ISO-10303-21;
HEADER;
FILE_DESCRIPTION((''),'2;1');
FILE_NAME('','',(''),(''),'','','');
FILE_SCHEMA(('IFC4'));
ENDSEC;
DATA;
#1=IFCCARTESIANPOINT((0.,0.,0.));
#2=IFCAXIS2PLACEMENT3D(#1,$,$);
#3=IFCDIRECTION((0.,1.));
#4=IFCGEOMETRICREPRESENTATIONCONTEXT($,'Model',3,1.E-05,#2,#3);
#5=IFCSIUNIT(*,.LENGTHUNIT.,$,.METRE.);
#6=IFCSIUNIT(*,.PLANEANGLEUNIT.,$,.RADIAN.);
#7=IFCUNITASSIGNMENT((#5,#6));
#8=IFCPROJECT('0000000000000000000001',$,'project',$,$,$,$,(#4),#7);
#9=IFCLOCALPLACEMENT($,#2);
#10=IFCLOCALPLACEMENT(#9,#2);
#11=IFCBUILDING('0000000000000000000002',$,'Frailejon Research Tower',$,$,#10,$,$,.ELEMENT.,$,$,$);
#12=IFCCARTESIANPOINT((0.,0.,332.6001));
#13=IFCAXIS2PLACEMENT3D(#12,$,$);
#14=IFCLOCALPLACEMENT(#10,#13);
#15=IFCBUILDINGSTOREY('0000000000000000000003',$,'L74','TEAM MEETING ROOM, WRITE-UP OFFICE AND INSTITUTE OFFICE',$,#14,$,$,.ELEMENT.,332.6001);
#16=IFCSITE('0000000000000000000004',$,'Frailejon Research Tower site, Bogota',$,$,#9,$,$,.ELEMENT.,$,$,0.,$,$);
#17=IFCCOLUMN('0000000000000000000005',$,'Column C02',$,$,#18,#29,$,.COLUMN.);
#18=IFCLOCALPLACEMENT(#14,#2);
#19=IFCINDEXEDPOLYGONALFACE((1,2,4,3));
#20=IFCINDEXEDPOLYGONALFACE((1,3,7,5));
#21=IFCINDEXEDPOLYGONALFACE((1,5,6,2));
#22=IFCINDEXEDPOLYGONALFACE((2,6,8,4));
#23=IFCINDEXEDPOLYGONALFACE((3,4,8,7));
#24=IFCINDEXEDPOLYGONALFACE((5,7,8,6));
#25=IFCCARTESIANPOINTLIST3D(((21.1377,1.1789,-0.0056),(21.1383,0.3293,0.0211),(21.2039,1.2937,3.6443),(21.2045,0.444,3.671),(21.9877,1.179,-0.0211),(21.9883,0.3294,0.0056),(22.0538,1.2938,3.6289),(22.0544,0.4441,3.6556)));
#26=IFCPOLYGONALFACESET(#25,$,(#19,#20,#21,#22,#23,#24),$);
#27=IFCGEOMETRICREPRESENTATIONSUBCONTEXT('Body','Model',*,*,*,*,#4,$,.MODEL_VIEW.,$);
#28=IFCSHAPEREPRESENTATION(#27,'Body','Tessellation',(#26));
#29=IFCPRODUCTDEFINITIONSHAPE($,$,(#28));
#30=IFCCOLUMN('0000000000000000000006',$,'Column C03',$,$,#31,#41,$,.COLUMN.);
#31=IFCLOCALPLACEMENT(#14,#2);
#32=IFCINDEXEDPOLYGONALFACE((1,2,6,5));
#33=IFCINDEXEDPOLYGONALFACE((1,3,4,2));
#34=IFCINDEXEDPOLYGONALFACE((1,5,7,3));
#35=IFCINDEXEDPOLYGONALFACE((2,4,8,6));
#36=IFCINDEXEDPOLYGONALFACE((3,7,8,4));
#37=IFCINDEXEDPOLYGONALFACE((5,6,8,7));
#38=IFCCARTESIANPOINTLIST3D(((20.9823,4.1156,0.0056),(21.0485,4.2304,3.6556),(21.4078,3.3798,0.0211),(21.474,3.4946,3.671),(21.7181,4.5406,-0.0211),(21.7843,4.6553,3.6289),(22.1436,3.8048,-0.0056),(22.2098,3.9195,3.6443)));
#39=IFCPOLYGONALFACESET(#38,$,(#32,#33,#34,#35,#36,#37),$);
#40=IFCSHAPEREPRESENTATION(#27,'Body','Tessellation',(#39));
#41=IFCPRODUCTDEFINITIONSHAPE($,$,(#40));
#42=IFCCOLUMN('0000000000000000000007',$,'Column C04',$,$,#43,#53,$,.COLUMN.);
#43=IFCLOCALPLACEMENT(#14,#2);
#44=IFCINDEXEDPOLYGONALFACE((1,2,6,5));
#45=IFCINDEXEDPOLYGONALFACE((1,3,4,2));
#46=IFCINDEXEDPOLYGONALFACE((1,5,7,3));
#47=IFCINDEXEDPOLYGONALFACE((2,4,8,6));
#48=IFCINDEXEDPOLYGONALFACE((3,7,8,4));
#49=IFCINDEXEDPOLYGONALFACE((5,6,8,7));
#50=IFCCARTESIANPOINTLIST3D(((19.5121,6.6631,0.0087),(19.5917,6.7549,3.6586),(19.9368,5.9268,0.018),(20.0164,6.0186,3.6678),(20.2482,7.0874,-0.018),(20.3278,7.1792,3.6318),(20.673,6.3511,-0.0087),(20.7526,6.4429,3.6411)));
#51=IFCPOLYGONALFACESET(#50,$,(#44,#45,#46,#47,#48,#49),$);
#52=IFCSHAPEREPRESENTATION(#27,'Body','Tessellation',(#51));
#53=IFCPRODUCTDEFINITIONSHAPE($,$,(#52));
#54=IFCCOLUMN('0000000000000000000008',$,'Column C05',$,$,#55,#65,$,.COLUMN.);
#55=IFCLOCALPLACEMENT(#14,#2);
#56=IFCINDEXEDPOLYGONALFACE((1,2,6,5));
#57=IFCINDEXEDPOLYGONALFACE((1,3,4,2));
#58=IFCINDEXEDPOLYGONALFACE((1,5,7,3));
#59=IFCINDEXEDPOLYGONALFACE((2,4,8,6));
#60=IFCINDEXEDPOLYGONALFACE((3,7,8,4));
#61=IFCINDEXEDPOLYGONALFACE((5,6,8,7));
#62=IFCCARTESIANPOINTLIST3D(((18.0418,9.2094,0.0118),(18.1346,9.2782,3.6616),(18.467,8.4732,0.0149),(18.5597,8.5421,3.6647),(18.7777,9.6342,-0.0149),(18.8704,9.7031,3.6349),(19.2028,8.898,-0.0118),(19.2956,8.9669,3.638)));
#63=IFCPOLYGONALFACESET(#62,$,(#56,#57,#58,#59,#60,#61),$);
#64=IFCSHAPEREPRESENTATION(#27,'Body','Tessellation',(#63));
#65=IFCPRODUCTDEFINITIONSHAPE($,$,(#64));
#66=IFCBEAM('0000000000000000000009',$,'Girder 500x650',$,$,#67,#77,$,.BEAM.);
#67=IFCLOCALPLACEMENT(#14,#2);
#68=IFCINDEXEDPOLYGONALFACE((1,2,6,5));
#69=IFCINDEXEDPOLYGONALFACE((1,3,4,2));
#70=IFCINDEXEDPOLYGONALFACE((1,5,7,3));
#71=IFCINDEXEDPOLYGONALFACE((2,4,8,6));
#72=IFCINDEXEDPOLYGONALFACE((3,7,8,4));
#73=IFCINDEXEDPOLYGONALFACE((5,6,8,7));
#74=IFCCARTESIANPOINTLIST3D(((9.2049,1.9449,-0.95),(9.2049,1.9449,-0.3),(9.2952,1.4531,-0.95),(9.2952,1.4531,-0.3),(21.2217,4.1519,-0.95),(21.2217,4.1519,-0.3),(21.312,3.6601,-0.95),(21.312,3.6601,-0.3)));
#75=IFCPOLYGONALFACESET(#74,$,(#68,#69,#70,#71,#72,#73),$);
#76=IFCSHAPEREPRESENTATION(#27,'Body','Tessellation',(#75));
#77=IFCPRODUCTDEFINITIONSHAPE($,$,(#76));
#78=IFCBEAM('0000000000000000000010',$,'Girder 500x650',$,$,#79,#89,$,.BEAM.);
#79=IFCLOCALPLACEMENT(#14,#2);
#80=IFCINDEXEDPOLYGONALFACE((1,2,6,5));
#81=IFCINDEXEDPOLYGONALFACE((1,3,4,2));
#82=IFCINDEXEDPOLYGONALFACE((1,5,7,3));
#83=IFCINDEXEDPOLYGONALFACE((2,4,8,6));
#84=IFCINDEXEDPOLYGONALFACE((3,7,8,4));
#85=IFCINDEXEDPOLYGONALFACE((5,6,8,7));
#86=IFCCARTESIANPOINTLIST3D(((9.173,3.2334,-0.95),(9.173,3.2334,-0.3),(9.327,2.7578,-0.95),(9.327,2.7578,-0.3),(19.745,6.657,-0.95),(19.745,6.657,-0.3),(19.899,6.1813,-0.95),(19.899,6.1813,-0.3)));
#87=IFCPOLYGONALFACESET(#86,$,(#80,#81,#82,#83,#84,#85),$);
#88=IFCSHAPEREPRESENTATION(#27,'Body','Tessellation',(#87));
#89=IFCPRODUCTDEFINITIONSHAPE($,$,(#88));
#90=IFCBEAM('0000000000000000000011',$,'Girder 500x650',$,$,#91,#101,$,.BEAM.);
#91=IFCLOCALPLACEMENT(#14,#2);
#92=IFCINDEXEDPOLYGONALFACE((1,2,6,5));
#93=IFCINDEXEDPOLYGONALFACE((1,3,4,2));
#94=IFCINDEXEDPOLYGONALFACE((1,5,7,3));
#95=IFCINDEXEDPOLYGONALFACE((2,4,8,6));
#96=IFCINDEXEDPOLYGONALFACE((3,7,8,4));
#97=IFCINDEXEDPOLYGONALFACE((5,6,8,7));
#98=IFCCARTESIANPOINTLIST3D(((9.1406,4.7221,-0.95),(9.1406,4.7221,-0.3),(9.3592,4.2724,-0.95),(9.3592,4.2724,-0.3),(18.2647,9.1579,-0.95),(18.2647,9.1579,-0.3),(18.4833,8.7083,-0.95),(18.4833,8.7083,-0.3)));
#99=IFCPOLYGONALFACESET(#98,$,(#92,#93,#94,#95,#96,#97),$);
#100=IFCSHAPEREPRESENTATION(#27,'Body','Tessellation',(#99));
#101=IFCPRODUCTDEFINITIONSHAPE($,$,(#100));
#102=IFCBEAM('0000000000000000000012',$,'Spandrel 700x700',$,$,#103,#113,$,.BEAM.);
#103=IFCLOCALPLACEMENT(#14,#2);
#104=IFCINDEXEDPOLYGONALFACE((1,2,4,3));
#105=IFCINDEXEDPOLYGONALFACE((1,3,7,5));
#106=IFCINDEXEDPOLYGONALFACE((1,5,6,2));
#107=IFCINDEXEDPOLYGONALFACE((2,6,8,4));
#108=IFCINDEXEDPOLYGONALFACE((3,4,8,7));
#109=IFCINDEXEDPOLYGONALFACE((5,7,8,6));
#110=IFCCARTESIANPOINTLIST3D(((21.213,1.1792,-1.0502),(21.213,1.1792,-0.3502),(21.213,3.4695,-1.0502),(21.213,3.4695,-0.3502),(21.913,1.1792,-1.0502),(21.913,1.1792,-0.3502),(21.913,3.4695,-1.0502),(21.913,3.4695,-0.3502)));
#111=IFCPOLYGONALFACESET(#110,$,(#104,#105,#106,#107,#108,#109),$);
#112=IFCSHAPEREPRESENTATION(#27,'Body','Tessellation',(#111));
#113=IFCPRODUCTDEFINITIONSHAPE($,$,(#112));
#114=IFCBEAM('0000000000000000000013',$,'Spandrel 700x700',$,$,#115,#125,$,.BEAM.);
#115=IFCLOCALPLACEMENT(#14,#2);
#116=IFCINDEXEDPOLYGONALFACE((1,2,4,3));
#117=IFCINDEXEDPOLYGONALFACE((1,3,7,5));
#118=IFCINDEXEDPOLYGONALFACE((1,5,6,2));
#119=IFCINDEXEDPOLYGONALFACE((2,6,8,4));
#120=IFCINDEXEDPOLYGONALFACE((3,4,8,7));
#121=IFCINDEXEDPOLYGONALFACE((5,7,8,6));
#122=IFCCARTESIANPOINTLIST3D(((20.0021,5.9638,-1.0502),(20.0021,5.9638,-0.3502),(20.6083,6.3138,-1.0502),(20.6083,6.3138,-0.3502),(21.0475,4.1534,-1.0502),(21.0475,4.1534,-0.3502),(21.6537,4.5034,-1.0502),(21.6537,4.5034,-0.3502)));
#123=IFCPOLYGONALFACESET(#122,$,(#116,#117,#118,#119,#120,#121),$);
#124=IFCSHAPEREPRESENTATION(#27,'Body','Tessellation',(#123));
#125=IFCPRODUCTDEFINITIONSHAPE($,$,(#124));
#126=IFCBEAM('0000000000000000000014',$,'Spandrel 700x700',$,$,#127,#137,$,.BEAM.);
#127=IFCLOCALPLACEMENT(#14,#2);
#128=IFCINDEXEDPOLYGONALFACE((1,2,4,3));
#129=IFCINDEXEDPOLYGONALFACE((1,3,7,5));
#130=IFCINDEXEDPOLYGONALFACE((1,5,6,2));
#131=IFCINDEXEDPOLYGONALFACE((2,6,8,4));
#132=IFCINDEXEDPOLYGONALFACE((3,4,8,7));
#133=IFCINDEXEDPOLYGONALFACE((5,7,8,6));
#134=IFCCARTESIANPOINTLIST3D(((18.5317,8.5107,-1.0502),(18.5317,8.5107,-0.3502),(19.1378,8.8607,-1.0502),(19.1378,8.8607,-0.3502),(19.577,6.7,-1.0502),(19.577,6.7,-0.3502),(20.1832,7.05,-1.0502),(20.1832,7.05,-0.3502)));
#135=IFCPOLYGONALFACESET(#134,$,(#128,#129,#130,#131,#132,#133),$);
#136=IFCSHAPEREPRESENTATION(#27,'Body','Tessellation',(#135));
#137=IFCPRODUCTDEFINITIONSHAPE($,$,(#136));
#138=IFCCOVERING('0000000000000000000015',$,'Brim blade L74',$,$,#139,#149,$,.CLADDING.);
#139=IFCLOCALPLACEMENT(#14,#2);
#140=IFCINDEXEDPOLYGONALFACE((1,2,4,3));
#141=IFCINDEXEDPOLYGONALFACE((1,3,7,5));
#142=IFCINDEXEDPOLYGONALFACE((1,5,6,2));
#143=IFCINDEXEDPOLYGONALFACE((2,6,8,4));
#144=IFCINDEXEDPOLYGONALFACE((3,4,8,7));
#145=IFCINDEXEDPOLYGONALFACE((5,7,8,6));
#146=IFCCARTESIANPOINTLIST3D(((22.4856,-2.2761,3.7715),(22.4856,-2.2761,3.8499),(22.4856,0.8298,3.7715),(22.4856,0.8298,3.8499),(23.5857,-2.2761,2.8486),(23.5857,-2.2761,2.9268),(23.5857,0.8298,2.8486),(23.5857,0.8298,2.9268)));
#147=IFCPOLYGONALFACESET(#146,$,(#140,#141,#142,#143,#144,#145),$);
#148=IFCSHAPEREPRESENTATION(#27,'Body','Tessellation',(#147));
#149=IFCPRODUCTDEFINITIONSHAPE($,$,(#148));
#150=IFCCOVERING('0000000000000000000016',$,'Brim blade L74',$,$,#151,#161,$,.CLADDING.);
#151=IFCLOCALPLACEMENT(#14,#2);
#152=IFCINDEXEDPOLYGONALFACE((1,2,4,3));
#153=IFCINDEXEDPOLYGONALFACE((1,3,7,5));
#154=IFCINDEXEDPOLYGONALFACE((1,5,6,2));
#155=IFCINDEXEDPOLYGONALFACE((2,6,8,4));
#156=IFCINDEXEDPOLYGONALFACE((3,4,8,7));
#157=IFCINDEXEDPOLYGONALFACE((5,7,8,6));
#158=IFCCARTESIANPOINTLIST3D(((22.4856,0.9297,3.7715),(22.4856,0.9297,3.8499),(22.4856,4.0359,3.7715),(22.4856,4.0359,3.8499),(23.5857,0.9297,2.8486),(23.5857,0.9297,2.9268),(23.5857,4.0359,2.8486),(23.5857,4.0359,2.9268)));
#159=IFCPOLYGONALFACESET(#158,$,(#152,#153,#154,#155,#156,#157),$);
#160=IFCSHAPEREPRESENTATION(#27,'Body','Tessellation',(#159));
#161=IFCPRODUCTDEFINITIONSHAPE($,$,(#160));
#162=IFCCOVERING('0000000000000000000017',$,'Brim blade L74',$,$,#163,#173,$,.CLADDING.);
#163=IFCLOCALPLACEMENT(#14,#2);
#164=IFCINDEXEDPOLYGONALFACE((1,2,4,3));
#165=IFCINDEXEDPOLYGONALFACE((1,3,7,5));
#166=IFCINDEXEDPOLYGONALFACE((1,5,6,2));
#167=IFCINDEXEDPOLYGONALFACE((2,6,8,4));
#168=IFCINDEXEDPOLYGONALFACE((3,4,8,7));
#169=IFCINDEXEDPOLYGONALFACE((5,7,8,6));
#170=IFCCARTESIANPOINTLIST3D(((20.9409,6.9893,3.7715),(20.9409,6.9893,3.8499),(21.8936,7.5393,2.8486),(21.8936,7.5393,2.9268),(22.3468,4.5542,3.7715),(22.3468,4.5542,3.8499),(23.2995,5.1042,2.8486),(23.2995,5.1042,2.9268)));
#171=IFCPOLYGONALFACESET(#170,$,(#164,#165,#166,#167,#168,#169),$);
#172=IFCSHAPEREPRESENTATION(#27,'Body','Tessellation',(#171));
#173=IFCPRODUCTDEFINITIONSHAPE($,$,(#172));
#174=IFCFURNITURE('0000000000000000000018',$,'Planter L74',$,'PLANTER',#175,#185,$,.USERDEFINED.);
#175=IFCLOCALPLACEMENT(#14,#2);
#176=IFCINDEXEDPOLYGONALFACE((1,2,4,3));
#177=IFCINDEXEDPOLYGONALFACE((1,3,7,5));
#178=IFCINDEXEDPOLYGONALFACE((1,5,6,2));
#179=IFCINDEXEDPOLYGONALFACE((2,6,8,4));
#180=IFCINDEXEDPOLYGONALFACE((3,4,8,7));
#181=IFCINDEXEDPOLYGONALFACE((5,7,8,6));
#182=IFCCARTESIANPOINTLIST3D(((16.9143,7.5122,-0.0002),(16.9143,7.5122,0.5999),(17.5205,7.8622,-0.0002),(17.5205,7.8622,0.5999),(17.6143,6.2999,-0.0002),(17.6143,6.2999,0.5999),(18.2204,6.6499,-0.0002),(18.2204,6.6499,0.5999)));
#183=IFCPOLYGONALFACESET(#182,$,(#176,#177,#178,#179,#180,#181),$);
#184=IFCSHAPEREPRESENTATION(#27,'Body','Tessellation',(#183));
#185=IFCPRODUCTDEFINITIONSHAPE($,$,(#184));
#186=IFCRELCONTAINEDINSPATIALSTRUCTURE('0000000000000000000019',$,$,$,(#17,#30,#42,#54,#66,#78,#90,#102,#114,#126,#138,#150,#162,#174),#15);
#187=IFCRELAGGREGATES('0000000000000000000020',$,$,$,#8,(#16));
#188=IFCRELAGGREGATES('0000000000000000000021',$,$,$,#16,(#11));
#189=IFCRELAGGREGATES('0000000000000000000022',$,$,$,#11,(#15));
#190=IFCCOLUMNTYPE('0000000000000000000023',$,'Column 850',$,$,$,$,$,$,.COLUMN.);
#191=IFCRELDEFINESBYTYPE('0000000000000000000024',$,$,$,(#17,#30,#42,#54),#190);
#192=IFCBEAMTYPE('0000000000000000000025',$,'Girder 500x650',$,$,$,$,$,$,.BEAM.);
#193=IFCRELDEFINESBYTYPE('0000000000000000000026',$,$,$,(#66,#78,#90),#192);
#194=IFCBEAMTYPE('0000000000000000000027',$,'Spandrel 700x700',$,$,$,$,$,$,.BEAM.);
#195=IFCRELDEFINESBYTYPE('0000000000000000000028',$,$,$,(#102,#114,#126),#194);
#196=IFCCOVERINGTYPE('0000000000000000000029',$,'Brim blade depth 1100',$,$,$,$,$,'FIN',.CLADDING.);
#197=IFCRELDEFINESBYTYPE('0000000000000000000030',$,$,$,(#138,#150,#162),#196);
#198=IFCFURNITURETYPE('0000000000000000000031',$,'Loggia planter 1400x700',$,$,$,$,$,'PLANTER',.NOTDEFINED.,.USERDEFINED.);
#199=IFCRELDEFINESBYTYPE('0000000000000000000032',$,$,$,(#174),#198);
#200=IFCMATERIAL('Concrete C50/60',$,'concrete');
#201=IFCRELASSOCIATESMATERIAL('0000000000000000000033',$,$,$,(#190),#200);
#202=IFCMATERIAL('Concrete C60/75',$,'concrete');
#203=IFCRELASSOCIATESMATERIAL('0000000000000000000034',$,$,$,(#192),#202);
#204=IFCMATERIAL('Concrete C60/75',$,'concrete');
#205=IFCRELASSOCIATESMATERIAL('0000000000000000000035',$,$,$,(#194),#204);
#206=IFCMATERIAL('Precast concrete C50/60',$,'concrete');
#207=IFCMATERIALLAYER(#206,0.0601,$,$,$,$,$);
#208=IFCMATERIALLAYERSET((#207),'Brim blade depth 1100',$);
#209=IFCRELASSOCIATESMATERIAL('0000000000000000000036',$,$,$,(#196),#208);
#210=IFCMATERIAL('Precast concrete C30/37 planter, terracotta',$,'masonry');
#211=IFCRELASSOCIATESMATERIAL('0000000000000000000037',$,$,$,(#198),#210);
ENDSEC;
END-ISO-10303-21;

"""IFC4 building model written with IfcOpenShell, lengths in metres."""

from ifc_helpers import new_model, si_unit, direction, frame, origin, origin_2d, place, context, subcontext, project, spatial, polyline, rectangle, outline, extrude, material, layer, layer_set, material_profile, profile_set, type_object, element, save


model = new_model("IFC4")

# Units and contexts
model_context = context("Model", 3, precision=1e-05, world=origin(), true_north=direction((0.0, 1.0)))
body_context = subcontext(model_context, "Body", "Model", "MODEL_VIEW")
ifc_project = project(units=[si_unit("LENGTHUNIT", "METRE"), si_unit("PLANEANGLEUNIT", "RADIAN")], contexts=[model_context])

# Site, building, storey
site_placement = place(None, origin())
site = spatial("IfcSite", under=ifc_project, at=site_placement, Name="Frailejon Research Tower site, Bogota", CompositionType="ELEMENT", RefElevation=0.0)
building_placement = place(site_placement, origin())
building = spatial("IfcBuilding", under=site, at=building_placement, Name="Frailejon Research Tower", CompositionType="ELEMENT")
storey_placement = place(building_placement, frame((0.0, 0.0, 332.6001)))
storey = spatial("IfcBuildingStorey", under=building, at=storey_placement, Name="L74", Description="TEAM MEETING ROOM, WRITE-UP OFFICE AND INSTITUTE OFFICE", CompositionType="ELEMENT", Elevation=332.6001)

# Columns
ifc_material_1 = material(Name="Concrete C50/60", Category="concrete")
ifc_material_profile_1 = material_profile(ifc_material_1, rectangle(XDim=0.8501, YDim=0.8501, at=origin_2d()), Name="Column 850")
ifc_profile_set_1 = profile_set([ifc_material_profile_1], Name="Concrete C50/60")
column_type = type_object("IfcColumnType", Name="Column 850", PredefinedType="COLUMN", material=ifc_profile_set_1)
for number, where, z_axis, x_axis, name in (
    (1, (21.563, 0.7542, 0.0), (0.018115, 0.031417, 0.999342), (-0.000701, 0.999506, -0.03141), "Column C02"),
    (2, (21.563, 3.9602, 0.0), (0.018115, 0.031417, 0.999342), (-0.500525, 0.865532, -0.018138), "Column C03"),
):
    element("IfcColumn", number, at=place(storey_placement, frame(where, z_axis=z_axis, x_axis=x_axis)), inside=storey, type_object=column_type, Name=name, PredefinedType="COLUMN", context=body_context, shape_type="SweptSolid", body=[
        extrude(rectangle(XDim=0.8501, YDim=0.8501, at=origin_2d()), origin(), (0.0, 0.0, 1.0), 3.6523),
    ])
column_1_placement = place(storey_placement, frame((20.0925, 6.5071, 0.0), z_axis=(0.021794, 0.025137, 0.999446), x_axis=(-0.499665, 0.86615, -0.010888)))
element("IfcColumn", 3, at=column_1_placement, inside=storey, type_object=column_type, Name="Column C04", PredefinedType="COLUMN", context=body_context, shape_type="SweptSolid", body=[
    extrude(rectangle(XDim=0.8501, YDim=0.8501, at=origin_2d()), origin(), (0.0, 0.0, 1.0), 3.6519),
])
column_2_placement = place(storey_placement, frame((18.6223, 9.0537, 0.0), z_axis=(0.025405, 0.018853, 0.999499), x_axis=(-0.500084, 0.865969, -0.003624)))
element("IfcColumn", 4, at=column_2_placement, inside=storey, type_object=column_type, Name="Column C05", PredefinedType="COLUMN", context=body_context, shape_type="SweptSolid", body=[
    extrude(rectangle(XDim=0.8501, YDim=0.8501, at=origin_2d()), origin(), (0.0, 0.0, 1.0), 3.6516),
])

# Beams
ifc_material_2 = material(Name="Concrete C60/75", Category="concrete")
ifc_material_profile_2 = material_profile(ifc_material_2, rectangle(XDim=0.5, YDim=0.6499, at=origin_2d()), Name="Girder 500x650")
ifc_profile_set_2 = profile_set([ifc_material_profile_2], Name="Concrete C60/75")
beam_type_1 = type_object("IfcBeamType", Name="Girder 500x650", PredefinedType="BEAM", material=ifc_profile_set_2)
beam_1_placement = place(storey_placement, frame((21.2668, 3.906, -0.625), z_axis=(-0.983549, -0.18064, 0.0), x_axis=(0.18064, -0.983549, 0.0)))
element("IfcBeam", 5, at=beam_1_placement, inside=storey, type_object=beam_type_1, Name="Girder 500x650", PredefinedType="BEAM", context=body_context, shape_type="SweptSolid", body=[
    extrude(rectangle(XDim=0.5, YDim=0.6499, at=origin_2d()), origin(), (0.0, 0.0, 1.0), 12.2178),
])
beam_2_placement = place(storey_placement, frame((19.822, 6.4192, -0.625), z_axis=(-0.95136, -0.308083, 0.0), x_axis=(0.308083, -0.95136, 0.0)))
element("IfcBeam", 6, at=beam_2_placement, inside=storey, type_object=beam_type_1, Name="Girder 500x650", PredefinedType="BEAM", context=body_context, shape_type="SweptSolid", body=[
    extrude(rectangle(XDim=0.5, YDim=0.6499, at=origin_2d()), origin(), (0.0, 0.0, 1.0), 11.1125),
])
beam_3_placement = place(storey_placement, frame((18.374, 8.9331, -0.625), z_axis=(-0.899348, -0.437233, 0.0), x_axis=(0.437233, -0.899348, 0.0)))
element("IfcBeam", 7, at=beam_3_placement, inside=storey, type_object=beam_type_1, Name="Girder 500x650", PredefinedType="BEAM", context=body_context, shape_type="SweptSolid", body=[
    extrude(rectangle(XDim=0.5, YDim=0.6499, at=origin_2d()), origin(), (0.0, 0.0, 1.0), 10.1453),
])
ifc_material_3 = material(Name="Concrete C60/75", Category="concrete")
ifc_material_profile_3 = material_profile(ifc_material_3, rectangle(XDim=0.7, YDim=0.7, at=origin_2d()), Name="Spandrel 700x700")
ifc_profile_set_3 = profile_set([ifc_material_profile_3], Name="Concrete C60/75")
beam_type_2 = type_object("IfcBeamType", Name="Spandrel 700x700", PredefinedType="BEAM", material=ifc_profile_set_3)
beam_4_placement = place(storey_placement, frame((21.563, 1.1792, -0.7002), z_axis=(0.0, 1.0, 0.0), x_axis=(-1.0, 0.0, 0.0)))
element("IfcBeam", 8, at=beam_4_placement, inside=storey, type_object=beam_type_2, Name="Spandrel 700x700", PredefinedType="BEAM", context=body_context, shape_type="SweptSolid", body=[
    extrude(rectangle(XDim=0.7, YDim=0.7, at=origin_2d()), origin(), (0.0, 0.0, 1.0), 2.2903),
])
beam_5_placement = place(storey_placement, frame((21.3506, 4.3284, -0.7002), z_axis=(-0.500032, 0.866007, 0.0), x_axis=(-0.866007, -0.500032, 0.0)))
element("IfcBeam", 9, at=beam_5_placement, inside=storey, type_object=beam_type_2, Name="Spandrel 700x700", PredefinedType="BEAM", context=body_context, shape_type="SweptSolid", body=[
    extrude(rectangle(XDim=0.7, YDim=0.7, at=origin_2d()), origin(), (0.0, 0.0, 1.0), 2.0906),
])
beam_6_placement = place(storey_placement, frame((19.8801, 6.875, -0.7002), z_axis=(-0.499982, 0.866036, 0.0), x_axis=(-0.866036, -0.499982, 0.0)))
element("IfcBeam", 10, at=beam_6_placement, inside=storey, type_object=beam_type_2, Name="Spandrel 700x700", PredefinedType="BEAM", context=body_context, shape_type="SweptSolid", body=[
    extrude(rectangle(XDim=0.7, YDim=0.7, at=origin_2d()), origin(), (0.0, 0.0, 1.0), 2.0908),
])

# Coverings
ifc_material_4 = material(Name="Precast concrete C50/60", Category="concrete")
ifc_layer_1 = layer(ifc_material_4, 0.0601)
ifc_layer_set_1 = layer_set([ifc_layer_1], Name="Brim blade depth 1100")
covering_type = type_object("IfcCoveringType", Name="Brim blade depth 1100", ElementType="FIN", PredefinedType="CLADDING", material=ifc_layer_set_1)
covering_1_placement = place(storey_placement, frame((22.4856, 0.8298, 3.8499), z_axis=(0.0, -1.0, 0.0), x_axis=(1.0, 0.0, 0.0)))
element("IfcCovering", 11, at=covering_1_placement, inside=storey, type_object=covering_type, Name="Brim blade L74", PredefinedType="CLADDING", context=body_context, shape_type="SweptSolid", body=[
    extrude(outline(polyline([(0.0, -0.0784), (1.1001, -1.0012), (1.1001, -0.9231), (0.0, 0.0), (0.0, -0.0784)])), origin(), (0.0, 0.0, 1.0), 3.106),
])
covering_2_placement = place(storey_placement, frame((22.4856, 4.0359, 3.8499), z_axis=(0.0, -1.0, 0.0), x_axis=(1.0, 0.0, 0.0)))
element("IfcCovering", 12, at=covering_2_placement, inside=storey, type_object=covering_type, Name="Brim blade L74", PredefinedType="CLADDING", context=body_context, shape_type="SweptSolid", body=[
    extrude(outline(polyline([(0.0, -0.0784), (1.1001, -1.0012), (1.1001, -0.9231), (0.0, 0.0), (0.0, -0.0784)])), origin(), (0.0, 0.0, 1.0), 3.1062),
])
covering_3_placement = place(storey_placement, frame((20.9409, 6.9893, 3.8499), z_axis=(0.499988, -0.866032, 0.0), x_axis=(0.866032, 0.499988, 0.0)))
element("IfcCovering", 13, at=covering_3_placement, inside=storey, type_object=covering_type, Name="Brim blade L74", PredefinedType="CLADDING", context=body_context, shape_type="SweptSolid", body=[
    extrude(outline(polyline([(0.0, -0.0784), (1.1001, -1.0012), (1.1001, -0.9231), (0.0, 0.0), (0.0, -0.0784)])), origin(), (0.0, 0.0, 1.0), 2.8118),
])

# Furniture
ifc_material_5 = material(Name="Precast concrete C30/37 planter, terracotta", Category="masonry")
furniture_type = type_object("IfcFurnitureType", Name="Loggia planter 1400x700", ElementType="PLANTER", AssemblyPlace="NOTDEFINED", PredefinedType="USERDEFINED", material=ifc_material_5)
furniture_placement = place(storey_placement, frame((17.5674, 7.0811, -0.0002), z_axis=(0.0, 0.0, 1.0), x_axis=(-0.5, 0.866025, 0.0)))
element("IfcFurniture", 14, at=furniture_placement, inside=storey, type_object=furniture_type, Name="Planter L74", ObjectType="PLANTER", PredefinedType="USERDEFINED", context=body_context, shape_type="SweptSolid", body=[
    extrude(rectangle(XDim=1.3999, YDim=0.7, at=origin_2d()), origin(), (0.0, 0.0, 1.0), 0.6001),
])

save(model, "model.ifc")
